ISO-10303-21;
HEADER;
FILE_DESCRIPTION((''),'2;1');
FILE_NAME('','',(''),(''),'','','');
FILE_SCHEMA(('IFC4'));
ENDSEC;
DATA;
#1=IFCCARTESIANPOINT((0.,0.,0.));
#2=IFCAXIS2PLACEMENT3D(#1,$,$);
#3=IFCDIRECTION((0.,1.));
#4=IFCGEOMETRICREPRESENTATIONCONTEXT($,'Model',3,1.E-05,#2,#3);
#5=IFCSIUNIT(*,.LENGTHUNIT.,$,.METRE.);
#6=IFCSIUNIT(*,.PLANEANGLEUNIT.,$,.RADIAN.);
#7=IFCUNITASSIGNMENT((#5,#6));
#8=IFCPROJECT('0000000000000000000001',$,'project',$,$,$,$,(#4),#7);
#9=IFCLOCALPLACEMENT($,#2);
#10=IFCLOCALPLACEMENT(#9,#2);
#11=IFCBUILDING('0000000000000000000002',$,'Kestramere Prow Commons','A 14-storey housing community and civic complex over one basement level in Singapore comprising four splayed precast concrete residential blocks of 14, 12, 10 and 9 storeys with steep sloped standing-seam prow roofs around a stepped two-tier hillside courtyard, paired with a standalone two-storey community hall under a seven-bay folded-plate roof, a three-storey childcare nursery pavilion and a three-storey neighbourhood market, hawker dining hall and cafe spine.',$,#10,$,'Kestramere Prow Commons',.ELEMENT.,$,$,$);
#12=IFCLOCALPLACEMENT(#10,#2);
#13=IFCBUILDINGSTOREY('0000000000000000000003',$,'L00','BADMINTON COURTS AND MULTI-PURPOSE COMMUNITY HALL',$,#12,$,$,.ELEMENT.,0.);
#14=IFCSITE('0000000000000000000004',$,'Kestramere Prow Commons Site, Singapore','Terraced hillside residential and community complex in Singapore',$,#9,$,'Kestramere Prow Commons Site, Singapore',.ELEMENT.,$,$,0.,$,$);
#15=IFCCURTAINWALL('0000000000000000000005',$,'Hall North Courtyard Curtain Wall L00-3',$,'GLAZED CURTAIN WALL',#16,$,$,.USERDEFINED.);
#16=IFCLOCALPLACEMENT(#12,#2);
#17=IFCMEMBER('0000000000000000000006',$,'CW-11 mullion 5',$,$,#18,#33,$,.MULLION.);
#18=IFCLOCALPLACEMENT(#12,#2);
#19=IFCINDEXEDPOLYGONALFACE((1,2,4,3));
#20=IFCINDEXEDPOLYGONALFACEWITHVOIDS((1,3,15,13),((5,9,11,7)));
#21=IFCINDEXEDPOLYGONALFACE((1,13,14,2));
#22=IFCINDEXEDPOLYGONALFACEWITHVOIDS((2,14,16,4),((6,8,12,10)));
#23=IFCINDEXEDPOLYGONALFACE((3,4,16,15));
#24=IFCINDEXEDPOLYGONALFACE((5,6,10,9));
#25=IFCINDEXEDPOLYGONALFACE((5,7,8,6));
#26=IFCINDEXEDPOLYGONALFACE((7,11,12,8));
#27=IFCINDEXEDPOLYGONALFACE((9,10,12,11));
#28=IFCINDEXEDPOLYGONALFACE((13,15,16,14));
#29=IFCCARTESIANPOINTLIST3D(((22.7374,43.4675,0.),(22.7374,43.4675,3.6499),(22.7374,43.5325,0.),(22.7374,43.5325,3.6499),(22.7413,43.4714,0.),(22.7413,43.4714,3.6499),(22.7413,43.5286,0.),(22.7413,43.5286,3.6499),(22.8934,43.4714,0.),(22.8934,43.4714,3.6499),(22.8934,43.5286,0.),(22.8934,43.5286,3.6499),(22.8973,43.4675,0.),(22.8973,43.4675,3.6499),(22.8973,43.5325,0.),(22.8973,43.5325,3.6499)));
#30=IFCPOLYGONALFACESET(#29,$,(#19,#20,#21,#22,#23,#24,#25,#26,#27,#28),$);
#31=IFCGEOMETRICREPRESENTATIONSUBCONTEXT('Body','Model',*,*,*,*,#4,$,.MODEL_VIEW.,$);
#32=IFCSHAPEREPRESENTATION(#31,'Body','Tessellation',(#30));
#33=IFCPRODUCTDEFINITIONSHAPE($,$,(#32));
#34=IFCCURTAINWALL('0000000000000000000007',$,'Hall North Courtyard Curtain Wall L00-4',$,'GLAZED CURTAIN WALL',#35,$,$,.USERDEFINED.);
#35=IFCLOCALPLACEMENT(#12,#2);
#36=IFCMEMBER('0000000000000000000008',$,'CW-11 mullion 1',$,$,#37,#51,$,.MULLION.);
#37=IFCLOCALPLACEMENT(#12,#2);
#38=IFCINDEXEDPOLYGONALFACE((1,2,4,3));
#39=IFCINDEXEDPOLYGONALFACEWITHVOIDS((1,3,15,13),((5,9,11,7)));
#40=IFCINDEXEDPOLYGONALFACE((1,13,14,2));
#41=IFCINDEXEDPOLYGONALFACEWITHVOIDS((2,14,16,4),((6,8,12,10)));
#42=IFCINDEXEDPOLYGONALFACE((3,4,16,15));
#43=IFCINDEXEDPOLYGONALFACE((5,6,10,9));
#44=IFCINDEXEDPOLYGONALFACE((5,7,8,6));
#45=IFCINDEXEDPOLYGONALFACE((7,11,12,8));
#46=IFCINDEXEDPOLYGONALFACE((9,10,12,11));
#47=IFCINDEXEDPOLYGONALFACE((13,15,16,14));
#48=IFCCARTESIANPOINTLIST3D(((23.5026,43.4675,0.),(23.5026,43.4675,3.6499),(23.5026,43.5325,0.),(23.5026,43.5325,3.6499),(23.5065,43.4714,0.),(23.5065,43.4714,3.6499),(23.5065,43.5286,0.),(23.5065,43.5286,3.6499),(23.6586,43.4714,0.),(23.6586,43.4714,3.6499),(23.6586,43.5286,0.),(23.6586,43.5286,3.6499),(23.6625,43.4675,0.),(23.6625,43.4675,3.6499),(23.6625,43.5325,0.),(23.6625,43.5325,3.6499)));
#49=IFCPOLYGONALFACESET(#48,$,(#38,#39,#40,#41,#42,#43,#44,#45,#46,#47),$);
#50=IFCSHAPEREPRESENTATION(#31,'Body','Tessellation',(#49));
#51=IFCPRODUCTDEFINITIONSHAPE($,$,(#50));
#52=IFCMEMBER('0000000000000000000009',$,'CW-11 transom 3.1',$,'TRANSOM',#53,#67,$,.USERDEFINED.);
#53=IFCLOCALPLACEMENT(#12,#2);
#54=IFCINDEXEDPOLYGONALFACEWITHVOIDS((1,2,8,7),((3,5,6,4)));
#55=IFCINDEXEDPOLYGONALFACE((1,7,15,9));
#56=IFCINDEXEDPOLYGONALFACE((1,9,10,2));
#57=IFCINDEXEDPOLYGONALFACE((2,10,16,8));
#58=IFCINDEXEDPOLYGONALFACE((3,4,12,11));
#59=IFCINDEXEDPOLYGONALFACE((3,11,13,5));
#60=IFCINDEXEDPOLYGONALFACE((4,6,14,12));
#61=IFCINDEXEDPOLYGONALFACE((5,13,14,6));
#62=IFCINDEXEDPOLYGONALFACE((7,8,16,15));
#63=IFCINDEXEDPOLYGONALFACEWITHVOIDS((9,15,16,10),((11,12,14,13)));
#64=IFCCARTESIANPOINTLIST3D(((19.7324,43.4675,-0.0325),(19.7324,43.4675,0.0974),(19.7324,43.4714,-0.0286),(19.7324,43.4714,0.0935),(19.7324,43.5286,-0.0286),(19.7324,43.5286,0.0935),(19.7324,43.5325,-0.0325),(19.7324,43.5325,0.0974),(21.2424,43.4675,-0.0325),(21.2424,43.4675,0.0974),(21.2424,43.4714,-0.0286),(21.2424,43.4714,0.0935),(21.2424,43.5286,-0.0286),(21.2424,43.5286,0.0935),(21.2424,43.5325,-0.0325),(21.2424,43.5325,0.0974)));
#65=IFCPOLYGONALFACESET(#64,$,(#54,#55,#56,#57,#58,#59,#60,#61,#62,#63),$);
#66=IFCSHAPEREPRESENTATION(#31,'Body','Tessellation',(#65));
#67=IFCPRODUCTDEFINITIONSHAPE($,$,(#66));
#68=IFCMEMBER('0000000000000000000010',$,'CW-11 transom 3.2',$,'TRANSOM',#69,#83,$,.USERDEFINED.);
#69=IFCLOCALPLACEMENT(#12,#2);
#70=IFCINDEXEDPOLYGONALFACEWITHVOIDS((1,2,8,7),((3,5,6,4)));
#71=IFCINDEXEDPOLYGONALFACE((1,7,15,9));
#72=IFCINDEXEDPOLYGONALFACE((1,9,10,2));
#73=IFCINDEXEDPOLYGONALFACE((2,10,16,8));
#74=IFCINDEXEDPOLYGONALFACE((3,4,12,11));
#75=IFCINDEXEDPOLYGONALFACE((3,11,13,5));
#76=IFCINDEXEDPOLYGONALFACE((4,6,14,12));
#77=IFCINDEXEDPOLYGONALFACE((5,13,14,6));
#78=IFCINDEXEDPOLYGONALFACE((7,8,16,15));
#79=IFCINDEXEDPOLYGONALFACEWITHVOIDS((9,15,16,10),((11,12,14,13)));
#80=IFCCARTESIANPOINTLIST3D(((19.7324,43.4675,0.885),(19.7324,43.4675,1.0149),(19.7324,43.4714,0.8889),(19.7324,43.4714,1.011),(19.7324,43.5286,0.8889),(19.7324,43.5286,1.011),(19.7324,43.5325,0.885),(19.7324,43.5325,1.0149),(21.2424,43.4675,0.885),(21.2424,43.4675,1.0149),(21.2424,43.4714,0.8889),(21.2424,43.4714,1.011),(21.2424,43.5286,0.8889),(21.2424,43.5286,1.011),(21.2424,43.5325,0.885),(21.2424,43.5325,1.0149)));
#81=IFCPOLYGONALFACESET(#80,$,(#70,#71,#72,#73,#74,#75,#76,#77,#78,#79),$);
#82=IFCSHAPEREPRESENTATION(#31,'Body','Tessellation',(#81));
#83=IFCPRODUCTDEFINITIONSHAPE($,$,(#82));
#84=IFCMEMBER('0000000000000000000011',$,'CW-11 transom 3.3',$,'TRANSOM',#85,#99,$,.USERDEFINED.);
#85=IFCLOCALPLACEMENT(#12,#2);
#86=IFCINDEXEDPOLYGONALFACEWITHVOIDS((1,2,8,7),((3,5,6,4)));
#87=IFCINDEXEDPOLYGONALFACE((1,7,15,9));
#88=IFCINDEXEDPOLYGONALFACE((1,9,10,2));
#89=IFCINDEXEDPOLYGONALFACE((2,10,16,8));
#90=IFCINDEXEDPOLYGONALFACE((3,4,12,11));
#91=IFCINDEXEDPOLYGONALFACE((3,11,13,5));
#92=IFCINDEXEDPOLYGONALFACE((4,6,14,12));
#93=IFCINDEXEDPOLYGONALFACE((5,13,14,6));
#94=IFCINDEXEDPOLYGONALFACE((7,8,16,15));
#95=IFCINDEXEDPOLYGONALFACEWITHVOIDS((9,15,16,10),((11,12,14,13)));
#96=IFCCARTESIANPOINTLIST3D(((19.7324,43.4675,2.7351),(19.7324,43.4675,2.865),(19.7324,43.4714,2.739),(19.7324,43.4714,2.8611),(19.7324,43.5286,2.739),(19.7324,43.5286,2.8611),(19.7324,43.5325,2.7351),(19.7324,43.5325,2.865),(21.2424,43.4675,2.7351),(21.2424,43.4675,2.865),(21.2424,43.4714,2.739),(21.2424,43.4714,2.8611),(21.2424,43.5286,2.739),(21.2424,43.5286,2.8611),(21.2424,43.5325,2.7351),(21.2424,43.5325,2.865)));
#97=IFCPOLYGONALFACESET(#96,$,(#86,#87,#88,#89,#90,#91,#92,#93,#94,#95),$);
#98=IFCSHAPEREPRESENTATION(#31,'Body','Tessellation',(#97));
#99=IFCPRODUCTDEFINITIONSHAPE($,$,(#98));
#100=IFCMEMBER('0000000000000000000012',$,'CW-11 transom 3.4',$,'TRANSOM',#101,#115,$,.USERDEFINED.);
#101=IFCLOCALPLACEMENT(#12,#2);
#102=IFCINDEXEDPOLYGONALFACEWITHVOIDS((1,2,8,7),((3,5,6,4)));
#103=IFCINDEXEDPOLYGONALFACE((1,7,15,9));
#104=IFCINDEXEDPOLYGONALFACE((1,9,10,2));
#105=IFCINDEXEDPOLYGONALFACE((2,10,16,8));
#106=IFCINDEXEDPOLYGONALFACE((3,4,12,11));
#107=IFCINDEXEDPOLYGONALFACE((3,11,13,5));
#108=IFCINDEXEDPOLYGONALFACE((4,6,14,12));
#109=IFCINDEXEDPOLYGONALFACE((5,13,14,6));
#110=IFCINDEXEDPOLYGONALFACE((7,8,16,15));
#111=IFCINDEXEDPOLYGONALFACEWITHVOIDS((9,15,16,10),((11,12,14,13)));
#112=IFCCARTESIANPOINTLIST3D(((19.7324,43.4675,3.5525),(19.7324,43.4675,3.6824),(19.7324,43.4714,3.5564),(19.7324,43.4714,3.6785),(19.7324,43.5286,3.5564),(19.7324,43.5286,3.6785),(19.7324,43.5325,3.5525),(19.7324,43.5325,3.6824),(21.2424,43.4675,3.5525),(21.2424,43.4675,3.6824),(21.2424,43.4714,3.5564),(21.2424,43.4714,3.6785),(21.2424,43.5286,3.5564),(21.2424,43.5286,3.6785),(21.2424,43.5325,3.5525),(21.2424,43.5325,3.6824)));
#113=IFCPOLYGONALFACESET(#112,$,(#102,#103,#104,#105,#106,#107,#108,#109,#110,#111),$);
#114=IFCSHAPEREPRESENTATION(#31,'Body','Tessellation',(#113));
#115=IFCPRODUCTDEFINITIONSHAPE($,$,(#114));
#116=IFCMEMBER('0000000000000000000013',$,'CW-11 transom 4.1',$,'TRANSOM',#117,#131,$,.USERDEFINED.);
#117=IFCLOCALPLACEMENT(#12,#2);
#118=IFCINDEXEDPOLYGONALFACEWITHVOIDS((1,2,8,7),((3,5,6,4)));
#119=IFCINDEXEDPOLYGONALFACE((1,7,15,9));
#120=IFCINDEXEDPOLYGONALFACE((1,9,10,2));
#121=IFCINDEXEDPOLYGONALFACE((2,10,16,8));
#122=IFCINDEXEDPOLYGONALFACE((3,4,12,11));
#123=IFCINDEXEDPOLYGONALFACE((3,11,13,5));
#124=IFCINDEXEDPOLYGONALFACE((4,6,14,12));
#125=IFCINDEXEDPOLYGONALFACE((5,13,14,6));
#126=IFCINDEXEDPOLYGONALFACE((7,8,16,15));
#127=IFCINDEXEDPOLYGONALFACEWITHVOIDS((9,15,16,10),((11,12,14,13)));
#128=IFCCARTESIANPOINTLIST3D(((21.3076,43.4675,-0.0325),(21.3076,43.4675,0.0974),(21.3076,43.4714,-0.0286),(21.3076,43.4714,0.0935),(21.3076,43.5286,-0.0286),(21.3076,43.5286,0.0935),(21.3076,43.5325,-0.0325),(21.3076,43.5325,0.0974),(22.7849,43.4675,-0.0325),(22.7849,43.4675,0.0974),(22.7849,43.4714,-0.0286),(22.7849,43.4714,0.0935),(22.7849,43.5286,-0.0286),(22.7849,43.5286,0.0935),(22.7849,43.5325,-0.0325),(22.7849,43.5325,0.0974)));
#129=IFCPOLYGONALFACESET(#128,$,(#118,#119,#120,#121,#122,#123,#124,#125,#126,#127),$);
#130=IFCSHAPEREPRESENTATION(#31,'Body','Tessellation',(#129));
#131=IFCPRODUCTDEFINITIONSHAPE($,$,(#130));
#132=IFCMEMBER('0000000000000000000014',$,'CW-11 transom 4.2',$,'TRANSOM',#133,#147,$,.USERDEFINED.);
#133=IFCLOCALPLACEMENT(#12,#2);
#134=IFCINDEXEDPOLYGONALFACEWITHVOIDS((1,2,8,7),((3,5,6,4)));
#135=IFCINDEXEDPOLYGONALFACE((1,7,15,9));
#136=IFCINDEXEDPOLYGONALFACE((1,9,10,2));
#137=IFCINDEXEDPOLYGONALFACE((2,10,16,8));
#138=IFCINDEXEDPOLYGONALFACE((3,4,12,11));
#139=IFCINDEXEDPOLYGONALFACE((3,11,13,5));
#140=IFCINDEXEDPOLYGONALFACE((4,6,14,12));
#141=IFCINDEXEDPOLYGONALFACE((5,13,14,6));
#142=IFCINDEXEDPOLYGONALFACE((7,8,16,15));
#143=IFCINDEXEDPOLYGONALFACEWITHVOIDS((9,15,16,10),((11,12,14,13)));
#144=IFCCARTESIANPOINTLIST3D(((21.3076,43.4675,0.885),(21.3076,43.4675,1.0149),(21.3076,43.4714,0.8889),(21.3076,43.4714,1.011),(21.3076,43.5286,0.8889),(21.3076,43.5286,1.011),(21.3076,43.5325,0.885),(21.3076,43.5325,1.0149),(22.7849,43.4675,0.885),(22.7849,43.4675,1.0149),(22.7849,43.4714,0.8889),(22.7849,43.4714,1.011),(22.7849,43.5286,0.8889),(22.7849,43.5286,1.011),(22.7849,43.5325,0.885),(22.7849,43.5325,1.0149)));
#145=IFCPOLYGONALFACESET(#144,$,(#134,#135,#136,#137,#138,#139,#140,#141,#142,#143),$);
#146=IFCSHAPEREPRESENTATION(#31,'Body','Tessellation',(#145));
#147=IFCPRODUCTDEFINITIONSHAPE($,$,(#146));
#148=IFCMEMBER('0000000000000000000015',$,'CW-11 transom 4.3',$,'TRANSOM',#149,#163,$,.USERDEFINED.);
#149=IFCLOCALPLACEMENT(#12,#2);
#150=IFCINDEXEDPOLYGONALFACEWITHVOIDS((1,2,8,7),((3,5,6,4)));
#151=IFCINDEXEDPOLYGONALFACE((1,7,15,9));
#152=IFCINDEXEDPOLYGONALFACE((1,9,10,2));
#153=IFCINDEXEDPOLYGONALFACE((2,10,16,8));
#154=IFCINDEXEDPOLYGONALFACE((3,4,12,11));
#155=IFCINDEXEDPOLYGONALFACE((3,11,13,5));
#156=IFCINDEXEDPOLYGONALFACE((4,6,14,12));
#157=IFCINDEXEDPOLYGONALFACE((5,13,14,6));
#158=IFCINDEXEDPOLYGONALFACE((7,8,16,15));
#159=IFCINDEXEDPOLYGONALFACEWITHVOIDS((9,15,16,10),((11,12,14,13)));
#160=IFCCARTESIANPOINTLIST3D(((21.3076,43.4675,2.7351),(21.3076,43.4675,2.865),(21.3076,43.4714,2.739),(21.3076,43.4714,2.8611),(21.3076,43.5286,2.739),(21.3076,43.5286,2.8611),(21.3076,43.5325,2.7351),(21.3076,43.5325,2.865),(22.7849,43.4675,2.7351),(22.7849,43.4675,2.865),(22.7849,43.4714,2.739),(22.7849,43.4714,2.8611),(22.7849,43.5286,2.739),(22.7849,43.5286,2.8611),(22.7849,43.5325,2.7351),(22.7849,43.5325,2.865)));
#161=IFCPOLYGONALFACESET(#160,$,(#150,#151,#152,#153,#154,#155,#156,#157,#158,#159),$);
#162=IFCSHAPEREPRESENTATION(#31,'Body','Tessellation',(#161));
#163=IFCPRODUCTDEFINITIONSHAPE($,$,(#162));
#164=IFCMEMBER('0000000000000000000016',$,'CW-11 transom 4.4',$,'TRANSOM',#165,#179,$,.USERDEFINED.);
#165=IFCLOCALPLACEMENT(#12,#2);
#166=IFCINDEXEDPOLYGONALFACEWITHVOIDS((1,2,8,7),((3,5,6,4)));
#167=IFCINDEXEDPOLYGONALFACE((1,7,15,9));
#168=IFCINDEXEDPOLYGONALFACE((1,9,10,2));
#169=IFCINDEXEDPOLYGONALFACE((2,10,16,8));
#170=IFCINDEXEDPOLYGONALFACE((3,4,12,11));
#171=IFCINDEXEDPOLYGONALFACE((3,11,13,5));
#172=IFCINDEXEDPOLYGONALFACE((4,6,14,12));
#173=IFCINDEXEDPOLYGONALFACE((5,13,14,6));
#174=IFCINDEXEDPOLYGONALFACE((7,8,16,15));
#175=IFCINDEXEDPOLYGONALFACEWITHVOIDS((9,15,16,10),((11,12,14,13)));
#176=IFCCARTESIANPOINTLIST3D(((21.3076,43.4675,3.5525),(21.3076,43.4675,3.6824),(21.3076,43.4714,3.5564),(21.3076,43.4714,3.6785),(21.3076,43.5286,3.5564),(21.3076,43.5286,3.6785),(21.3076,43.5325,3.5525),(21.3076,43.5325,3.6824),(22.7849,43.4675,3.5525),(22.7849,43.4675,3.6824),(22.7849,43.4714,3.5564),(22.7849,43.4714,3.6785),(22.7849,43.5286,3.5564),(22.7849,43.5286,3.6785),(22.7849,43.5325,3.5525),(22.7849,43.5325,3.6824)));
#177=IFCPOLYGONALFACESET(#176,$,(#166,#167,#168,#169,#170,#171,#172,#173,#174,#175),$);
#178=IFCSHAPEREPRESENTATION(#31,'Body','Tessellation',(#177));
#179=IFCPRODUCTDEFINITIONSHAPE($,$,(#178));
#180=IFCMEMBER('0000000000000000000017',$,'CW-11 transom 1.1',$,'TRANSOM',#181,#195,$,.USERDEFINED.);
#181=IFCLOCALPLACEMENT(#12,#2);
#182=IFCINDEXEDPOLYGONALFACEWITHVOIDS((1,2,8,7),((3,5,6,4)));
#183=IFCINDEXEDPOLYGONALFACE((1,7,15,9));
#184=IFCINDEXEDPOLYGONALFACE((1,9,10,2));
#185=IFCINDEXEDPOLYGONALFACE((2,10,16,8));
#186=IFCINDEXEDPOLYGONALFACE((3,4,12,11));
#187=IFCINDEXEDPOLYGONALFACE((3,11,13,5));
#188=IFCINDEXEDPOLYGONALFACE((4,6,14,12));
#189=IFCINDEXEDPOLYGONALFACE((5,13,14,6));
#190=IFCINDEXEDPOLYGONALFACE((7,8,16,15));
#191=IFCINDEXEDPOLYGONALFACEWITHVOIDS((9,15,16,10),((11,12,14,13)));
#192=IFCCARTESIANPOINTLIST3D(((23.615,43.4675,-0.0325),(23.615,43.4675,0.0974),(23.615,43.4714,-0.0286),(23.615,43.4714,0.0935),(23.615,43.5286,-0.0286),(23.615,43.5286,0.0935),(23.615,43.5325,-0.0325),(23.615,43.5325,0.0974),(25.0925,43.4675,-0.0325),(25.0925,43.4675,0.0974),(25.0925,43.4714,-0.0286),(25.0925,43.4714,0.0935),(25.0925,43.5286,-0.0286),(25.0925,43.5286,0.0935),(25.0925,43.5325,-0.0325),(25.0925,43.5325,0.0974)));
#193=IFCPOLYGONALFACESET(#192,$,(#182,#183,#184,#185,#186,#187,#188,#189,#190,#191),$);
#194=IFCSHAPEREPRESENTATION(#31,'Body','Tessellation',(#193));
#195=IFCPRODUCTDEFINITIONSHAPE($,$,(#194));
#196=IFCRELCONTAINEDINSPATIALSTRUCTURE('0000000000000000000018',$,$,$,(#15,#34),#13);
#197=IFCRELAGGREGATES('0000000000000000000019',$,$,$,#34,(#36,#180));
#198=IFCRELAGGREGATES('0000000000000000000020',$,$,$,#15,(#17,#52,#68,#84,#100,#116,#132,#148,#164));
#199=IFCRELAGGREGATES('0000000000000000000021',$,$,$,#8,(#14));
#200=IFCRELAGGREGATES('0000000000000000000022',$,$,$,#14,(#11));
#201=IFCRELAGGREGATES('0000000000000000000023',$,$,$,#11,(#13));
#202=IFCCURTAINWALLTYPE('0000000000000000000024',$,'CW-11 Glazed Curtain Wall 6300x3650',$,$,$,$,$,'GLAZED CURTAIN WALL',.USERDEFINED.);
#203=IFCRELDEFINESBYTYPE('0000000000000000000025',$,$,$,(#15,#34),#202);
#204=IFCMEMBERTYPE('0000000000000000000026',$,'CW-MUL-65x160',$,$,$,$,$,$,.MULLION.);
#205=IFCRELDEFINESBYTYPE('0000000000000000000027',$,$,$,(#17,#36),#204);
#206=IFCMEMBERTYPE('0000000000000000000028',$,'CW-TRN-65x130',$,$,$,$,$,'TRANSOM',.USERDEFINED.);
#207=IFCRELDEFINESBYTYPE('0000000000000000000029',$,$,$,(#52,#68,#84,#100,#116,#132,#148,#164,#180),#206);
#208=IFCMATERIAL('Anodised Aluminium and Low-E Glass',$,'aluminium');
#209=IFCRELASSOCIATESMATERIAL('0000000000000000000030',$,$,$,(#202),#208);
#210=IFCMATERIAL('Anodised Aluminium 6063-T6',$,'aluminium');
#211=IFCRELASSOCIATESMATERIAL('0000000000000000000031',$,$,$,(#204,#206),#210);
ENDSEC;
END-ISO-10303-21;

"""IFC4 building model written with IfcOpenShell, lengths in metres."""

from ifc_helpers import new_model, si_unit, direction, frame, origin, origin_2d, place, context, subcontext, project, spatial, hollow_rectangle, extrude, material, material_profile, profile_set, type_object, element, aggregate, save


model = new_model("IFC4")

# Units and contexts
model_context = context("Model", 3, precision=1e-05, world=origin(), true_north=direction((0.0, 1.0)))
body_context = subcontext(model_context, "Body", "Model", "MODEL_VIEW")
ifc_project = project(units=[si_unit("LENGTHUNIT", "METRE"), si_unit("PLANEANGLEUNIT", "RADIAN")], contexts=[model_context])

# Site, building, storey
site_placement = place(None, origin())
site = spatial("IfcSite", under=ifc_project, at=site_placement, Name="Kestramere Prow Commons Site, Singapore", Description="Terraced hillside residential and community complex in Singapore", LongName="Kestramere Prow Commons Site, Singapore", CompositionType="ELEMENT", RefElevation=0.0)
building_placement = place(site_placement, origin())
building = spatial("IfcBuilding", under=site, at=building_placement, Name="Kestramere Prow Commons", Description="A 14-storey housing community and civic complex over one basement level in Singapore comprising four splayed precast concrete residential blocks of 14, 12, 10 and 9 storeys with steep sloped standing-seam prow roofs around a stepped two-tier hillside courtyard, paired with a standalone two-storey community hall under a seven-bay folded-plate roof, a three-storey childcare nursery pavilion and a three-storey neighbourhood market, hawker dining hall and cafe spine.", LongName="Kestramere Prow Commons", CompositionType="ELEMENT")
storey_placement = place(building_placement, origin())
storey = spatial("IfcBuildingStorey", under=building, at=storey_placement, Name="L00", Description="BADMINTON COURTS AND MULTI-PURPOSE COMMUNITY HALL", CompositionType="ELEMENT", Elevation=0.0)

# Curtain wall, member
ifc_material_1 = material(Name="Anodised Aluminium and Low-E Glass", Category="aluminium")
curtain_wall_type = type_object("IfcCurtainWallType", Name="CW-11 Glazed Curtain Wall 6300x3650", ElementType="GLAZED CURTAIN WALL", PredefinedType="USERDEFINED", material=ifc_material_1)
curtain_wall_1_placement = place(storey_placement, origin())
curtain_wall_1 = element("IfcCurtainWall", 1, at=curtain_wall_1_placement, inside=storey, type_object=curtain_wall_type, Name="Hall North Courtyard Curtain Wall L00-3", ObjectType="GLAZED CURTAIN WALL", PredefinedType="USERDEFINED")
ifc_material_2 = material(Name="Anodised Aluminium 6063-T6", Category="aluminium")
ifc_material_profile_1 = material_profile(ifc_material_2, hollow_rectangle(XDim=0.0649, YDim=0.1599, WallThickness=0.0039, at=origin_2d()), Name="ALU-MUL 65x160")
ifc_profile_set_1 = profile_set([ifc_material_profile_1], Name="Anodised Aluminium 6063-T6")
member_type_1 = type_object("IfcMemberType", Name="CW-MUL-65x160", PredefinedType="MULLION", material=ifc_profile_set_1)
member_1_placement = place(storey_placement, frame((22.8174, 43.5, 0.0), z_axis=(0.0, 0.0, 1.0), x_axis=(0.0, 1.0, 0.0)))
member_1 = element("IfcMember", 2, at=member_1_placement, type_object=member_type_1, Name="CW-11 mullion 5", PredefinedType="MULLION", context=body_context, shape_type="SweptSolid", body=[
    extrude(hollow_rectangle(XDim=0.0649, YDim=0.1599, WallThickness=0.0039, at=origin_2d()), origin(), (0.0, 0.0, 1.0), 3.6499),
])

# Curtain wall, member
curtain_wall_2_placement = place(storey_placement, origin())
curtain_wall_2 = element("IfcCurtainWall", 3, at=curtain_wall_2_placement, inside=storey, type_object=curtain_wall_type, Name="Hall North Courtyard Curtain Wall L00-4", ObjectType="GLAZED CURTAIN WALL", PredefinedType="USERDEFINED")
member_2_placement = place(storey_placement, frame((23.5825, 43.5, 0.0), z_axis=(0.0, 0.0, 1.0), x_axis=(0.0, 1.0, 0.0)))
member_2 = element("IfcMember", 4, at=member_2_placement, type_object=member_type_1, Name="CW-11 mullion 1", PredefinedType="MULLION", context=body_context, shape_type="SweptSolid", body=[
    extrude(hollow_rectangle(XDim=0.0649, YDim=0.1599, WallThickness=0.0039, at=origin_2d()), origin(), (0.0, 0.0, 1.0), 3.6499),
])

# Members
ifc_material_profile_2 = material_profile(ifc_material_2, hollow_rectangle(XDim=0.0649, YDim=0.1299, WallThickness=0.0039, at=origin_2d()), Name="ALU-TRN 65x130")
ifc_profile_set_2 = profile_set([ifc_material_profile_2], Name="Anodised Aluminium 6063-T6")
member_type_2 = type_object("IfcMemberType", Name="CW-TRN-65x130", ElementType="TRANSOM", PredefinedType="USERDEFINED", material=ifc_profile_set_2)
member_3_placement = place(storey_placement, frame((19.7324, 43.5, 0.0325), z_axis=(1.0, 0.0, 0.0), x_axis=(0.0, 1.0, 0.0)))
member_3 = element("IfcMember", 5, at=member_3_placement, type_object=member_type_2, Name="CW-11 transom 3.1", ObjectType="TRANSOM", PredefinedType="USERDEFINED", context=body_context, shape_type="SweptSolid", body=[
    extrude(hollow_rectangle(XDim=0.0649, YDim=0.1299, WallThickness=0.0039, at=origin_2d()), origin(), (0.0, 0.0, 1.0), 1.51),
])
member_4_placement = place(storey_placement, frame((19.7324, 43.5, 0.95), z_axis=(1.0, 0.0, 0.0), x_axis=(0.0, 1.0, 0.0)))
member_4 = element("IfcMember", 6, at=member_4_placement, type_object=member_type_2, Name="CW-11 transom 3.2", ObjectType="TRANSOM", PredefinedType="USERDEFINED", context=body_context, shape_type="SweptSolid", body=[
    extrude(hollow_rectangle(XDim=0.0649, YDim=0.1299, WallThickness=0.0039, at=origin_2d()), origin(), (0.0, 0.0, 1.0), 1.51),
])
member_5_placement = place(storey_placement, frame((19.7324, 43.5, 2.8), z_axis=(1.0, 0.0, 0.0), x_axis=(0.0, 1.0, 0.0)))
member_5 = element("IfcMember", 7, at=member_5_placement, type_object=member_type_2, Name="CW-11 transom 3.3", ObjectType="TRANSOM", PredefinedType="USERDEFINED", context=body_context, shape_type="SweptSolid", body=[
    extrude(hollow_rectangle(XDim=0.0649, YDim=0.1299, WallThickness=0.0039, at=origin_2d()), origin(), (0.0, 0.0, 1.0), 1.51),
])
member_6_placement = place(storey_placement, frame((19.7324, 43.5, 3.6174), z_axis=(1.0, 0.0, 0.0), x_axis=(0.0, 1.0, 0.0)))
member_6 = element("IfcMember", 8, at=member_6_placement, type_object=member_type_2, Name="CW-11 transom 3.4", ObjectType="TRANSOM", PredefinedType="USERDEFINED", context=body_context, shape_type="SweptSolid", body=[
    extrude(hollow_rectangle(XDim=0.0649, YDim=0.1299, WallThickness=0.0039, at=origin_2d()), origin(), (0.0, 0.0, 1.0), 1.51),
])
member_7_placement = place(storey_placement, frame((21.3076, 43.5, 0.0325), z_axis=(1.0, 0.0, 0.0), x_axis=(0.0, 1.0, 0.0)))
member_7 = element("IfcMember", 9, at=member_7_placement, type_object=member_type_2, Name="CW-11 transom 4.1", ObjectType="TRANSOM", PredefinedType="USERDEFINED", context=body_context, shape_type="SweptSolid", body=[
    extrude(hollow_rectangle(XDim=0.0649, YDim=0.1299, WallThickness=0.0039, at=origin_2d()), origin(), (0.0, 0.0, 1.0), 1.4773),
])
member_8_placement = place(storey_placement, frame((21.3076, 43.5, 0.95), z_axis=(1.0, 0.0, 0.0), x_axis=(0.0, 1.0, 0.0)))
member_8 = element("IfcMember", 10, at=member_8_placement, type_object=member_type_2, Name="CW-11 transom 4.2", ObjectType="TRANSOM", PredefinedType="USERDEFINED", context=body_context, shape_type="SweptSolid", body=[
    extrude(hollow_rectangle(XDim=0.0649, YDim=0.1299, WallThickness=0.0039, at=origin_2d()), origin(), (0.0, 0.0, 1.0), 1.4773),
])
member_9_placement = place(storey_placement, frame((21.3076, 43.5, 2.8), z_axis=(1.0, 0.0, 0.0), x_axis=(0.0, 1.0, 0.0)))
member_9 = element("IfcMember", 11, at=member_9_placement, type_object=member_type_2, Name="CW-11 transom 4.3", ObjectType="TRANSOM", PredefinedType="USERDEFINED", context=body_context, shape_type="SweptSolid", body=[
    extrude(hollow_rectangle(XDim=0.0649, YDim=0.1299, WallThickness=0.0039, at=origin_2d()), origin(), (0.0, 0.0, 1.0), 1.4773),
])
member_10_placement = place(storey_placement, frame((21.3076, 43.5, 3.6174), z_axis=(1.0, 0.0, 0.0), x_axis=(0.0, 1.0, 0.0)))
member_10 = element("IfcMember", 12, at=member_10_placement, type_object=member_type_2, Name="CW-11 transom 4.4", ObjectType="TRANSOM", PredefinedType="USERDEFINED", context=body_context, shape_type="SweptSolid", body=[
    extrude(hollow_rectangle(XDim=0.0649, YDim=0.1299, WallThickness=0.0039, at=origin_2d()), origin(), (0.0, 0.0, 1.0), 1.4773),
])
member_11_placement = place(storey_placement, frame((23.615, 43.5, 0.0325), z_axis=(1.0, 0.0, 0.0), x_axis=(0.0, 1.0, 0.0)))
member_11 = element("IfcMember", 13, at=member_11_placement, type_object=member_type_2, Name="CW-11 transom 1.1", ObjectType="TRANSOM", PredefinedType="USERDEFINED", context=body_context, shape_type="SweptSolid", body=[
    extrude(hollow_rectangle(XDim=0.0649, YDim=0.1299, WallThickness=0.0039, at=origin_2d()), origin(), (0.0, 0.0, 1.0), 1.4775),
])
aggregate(curtain_wall_2, [member_2, member_11])

aggregate(curtain_wall_1, [member_1, member_3, member_4, member_5, member_6, member_7, member_8, member_9, member_10])

save(model, "model.ifc")
